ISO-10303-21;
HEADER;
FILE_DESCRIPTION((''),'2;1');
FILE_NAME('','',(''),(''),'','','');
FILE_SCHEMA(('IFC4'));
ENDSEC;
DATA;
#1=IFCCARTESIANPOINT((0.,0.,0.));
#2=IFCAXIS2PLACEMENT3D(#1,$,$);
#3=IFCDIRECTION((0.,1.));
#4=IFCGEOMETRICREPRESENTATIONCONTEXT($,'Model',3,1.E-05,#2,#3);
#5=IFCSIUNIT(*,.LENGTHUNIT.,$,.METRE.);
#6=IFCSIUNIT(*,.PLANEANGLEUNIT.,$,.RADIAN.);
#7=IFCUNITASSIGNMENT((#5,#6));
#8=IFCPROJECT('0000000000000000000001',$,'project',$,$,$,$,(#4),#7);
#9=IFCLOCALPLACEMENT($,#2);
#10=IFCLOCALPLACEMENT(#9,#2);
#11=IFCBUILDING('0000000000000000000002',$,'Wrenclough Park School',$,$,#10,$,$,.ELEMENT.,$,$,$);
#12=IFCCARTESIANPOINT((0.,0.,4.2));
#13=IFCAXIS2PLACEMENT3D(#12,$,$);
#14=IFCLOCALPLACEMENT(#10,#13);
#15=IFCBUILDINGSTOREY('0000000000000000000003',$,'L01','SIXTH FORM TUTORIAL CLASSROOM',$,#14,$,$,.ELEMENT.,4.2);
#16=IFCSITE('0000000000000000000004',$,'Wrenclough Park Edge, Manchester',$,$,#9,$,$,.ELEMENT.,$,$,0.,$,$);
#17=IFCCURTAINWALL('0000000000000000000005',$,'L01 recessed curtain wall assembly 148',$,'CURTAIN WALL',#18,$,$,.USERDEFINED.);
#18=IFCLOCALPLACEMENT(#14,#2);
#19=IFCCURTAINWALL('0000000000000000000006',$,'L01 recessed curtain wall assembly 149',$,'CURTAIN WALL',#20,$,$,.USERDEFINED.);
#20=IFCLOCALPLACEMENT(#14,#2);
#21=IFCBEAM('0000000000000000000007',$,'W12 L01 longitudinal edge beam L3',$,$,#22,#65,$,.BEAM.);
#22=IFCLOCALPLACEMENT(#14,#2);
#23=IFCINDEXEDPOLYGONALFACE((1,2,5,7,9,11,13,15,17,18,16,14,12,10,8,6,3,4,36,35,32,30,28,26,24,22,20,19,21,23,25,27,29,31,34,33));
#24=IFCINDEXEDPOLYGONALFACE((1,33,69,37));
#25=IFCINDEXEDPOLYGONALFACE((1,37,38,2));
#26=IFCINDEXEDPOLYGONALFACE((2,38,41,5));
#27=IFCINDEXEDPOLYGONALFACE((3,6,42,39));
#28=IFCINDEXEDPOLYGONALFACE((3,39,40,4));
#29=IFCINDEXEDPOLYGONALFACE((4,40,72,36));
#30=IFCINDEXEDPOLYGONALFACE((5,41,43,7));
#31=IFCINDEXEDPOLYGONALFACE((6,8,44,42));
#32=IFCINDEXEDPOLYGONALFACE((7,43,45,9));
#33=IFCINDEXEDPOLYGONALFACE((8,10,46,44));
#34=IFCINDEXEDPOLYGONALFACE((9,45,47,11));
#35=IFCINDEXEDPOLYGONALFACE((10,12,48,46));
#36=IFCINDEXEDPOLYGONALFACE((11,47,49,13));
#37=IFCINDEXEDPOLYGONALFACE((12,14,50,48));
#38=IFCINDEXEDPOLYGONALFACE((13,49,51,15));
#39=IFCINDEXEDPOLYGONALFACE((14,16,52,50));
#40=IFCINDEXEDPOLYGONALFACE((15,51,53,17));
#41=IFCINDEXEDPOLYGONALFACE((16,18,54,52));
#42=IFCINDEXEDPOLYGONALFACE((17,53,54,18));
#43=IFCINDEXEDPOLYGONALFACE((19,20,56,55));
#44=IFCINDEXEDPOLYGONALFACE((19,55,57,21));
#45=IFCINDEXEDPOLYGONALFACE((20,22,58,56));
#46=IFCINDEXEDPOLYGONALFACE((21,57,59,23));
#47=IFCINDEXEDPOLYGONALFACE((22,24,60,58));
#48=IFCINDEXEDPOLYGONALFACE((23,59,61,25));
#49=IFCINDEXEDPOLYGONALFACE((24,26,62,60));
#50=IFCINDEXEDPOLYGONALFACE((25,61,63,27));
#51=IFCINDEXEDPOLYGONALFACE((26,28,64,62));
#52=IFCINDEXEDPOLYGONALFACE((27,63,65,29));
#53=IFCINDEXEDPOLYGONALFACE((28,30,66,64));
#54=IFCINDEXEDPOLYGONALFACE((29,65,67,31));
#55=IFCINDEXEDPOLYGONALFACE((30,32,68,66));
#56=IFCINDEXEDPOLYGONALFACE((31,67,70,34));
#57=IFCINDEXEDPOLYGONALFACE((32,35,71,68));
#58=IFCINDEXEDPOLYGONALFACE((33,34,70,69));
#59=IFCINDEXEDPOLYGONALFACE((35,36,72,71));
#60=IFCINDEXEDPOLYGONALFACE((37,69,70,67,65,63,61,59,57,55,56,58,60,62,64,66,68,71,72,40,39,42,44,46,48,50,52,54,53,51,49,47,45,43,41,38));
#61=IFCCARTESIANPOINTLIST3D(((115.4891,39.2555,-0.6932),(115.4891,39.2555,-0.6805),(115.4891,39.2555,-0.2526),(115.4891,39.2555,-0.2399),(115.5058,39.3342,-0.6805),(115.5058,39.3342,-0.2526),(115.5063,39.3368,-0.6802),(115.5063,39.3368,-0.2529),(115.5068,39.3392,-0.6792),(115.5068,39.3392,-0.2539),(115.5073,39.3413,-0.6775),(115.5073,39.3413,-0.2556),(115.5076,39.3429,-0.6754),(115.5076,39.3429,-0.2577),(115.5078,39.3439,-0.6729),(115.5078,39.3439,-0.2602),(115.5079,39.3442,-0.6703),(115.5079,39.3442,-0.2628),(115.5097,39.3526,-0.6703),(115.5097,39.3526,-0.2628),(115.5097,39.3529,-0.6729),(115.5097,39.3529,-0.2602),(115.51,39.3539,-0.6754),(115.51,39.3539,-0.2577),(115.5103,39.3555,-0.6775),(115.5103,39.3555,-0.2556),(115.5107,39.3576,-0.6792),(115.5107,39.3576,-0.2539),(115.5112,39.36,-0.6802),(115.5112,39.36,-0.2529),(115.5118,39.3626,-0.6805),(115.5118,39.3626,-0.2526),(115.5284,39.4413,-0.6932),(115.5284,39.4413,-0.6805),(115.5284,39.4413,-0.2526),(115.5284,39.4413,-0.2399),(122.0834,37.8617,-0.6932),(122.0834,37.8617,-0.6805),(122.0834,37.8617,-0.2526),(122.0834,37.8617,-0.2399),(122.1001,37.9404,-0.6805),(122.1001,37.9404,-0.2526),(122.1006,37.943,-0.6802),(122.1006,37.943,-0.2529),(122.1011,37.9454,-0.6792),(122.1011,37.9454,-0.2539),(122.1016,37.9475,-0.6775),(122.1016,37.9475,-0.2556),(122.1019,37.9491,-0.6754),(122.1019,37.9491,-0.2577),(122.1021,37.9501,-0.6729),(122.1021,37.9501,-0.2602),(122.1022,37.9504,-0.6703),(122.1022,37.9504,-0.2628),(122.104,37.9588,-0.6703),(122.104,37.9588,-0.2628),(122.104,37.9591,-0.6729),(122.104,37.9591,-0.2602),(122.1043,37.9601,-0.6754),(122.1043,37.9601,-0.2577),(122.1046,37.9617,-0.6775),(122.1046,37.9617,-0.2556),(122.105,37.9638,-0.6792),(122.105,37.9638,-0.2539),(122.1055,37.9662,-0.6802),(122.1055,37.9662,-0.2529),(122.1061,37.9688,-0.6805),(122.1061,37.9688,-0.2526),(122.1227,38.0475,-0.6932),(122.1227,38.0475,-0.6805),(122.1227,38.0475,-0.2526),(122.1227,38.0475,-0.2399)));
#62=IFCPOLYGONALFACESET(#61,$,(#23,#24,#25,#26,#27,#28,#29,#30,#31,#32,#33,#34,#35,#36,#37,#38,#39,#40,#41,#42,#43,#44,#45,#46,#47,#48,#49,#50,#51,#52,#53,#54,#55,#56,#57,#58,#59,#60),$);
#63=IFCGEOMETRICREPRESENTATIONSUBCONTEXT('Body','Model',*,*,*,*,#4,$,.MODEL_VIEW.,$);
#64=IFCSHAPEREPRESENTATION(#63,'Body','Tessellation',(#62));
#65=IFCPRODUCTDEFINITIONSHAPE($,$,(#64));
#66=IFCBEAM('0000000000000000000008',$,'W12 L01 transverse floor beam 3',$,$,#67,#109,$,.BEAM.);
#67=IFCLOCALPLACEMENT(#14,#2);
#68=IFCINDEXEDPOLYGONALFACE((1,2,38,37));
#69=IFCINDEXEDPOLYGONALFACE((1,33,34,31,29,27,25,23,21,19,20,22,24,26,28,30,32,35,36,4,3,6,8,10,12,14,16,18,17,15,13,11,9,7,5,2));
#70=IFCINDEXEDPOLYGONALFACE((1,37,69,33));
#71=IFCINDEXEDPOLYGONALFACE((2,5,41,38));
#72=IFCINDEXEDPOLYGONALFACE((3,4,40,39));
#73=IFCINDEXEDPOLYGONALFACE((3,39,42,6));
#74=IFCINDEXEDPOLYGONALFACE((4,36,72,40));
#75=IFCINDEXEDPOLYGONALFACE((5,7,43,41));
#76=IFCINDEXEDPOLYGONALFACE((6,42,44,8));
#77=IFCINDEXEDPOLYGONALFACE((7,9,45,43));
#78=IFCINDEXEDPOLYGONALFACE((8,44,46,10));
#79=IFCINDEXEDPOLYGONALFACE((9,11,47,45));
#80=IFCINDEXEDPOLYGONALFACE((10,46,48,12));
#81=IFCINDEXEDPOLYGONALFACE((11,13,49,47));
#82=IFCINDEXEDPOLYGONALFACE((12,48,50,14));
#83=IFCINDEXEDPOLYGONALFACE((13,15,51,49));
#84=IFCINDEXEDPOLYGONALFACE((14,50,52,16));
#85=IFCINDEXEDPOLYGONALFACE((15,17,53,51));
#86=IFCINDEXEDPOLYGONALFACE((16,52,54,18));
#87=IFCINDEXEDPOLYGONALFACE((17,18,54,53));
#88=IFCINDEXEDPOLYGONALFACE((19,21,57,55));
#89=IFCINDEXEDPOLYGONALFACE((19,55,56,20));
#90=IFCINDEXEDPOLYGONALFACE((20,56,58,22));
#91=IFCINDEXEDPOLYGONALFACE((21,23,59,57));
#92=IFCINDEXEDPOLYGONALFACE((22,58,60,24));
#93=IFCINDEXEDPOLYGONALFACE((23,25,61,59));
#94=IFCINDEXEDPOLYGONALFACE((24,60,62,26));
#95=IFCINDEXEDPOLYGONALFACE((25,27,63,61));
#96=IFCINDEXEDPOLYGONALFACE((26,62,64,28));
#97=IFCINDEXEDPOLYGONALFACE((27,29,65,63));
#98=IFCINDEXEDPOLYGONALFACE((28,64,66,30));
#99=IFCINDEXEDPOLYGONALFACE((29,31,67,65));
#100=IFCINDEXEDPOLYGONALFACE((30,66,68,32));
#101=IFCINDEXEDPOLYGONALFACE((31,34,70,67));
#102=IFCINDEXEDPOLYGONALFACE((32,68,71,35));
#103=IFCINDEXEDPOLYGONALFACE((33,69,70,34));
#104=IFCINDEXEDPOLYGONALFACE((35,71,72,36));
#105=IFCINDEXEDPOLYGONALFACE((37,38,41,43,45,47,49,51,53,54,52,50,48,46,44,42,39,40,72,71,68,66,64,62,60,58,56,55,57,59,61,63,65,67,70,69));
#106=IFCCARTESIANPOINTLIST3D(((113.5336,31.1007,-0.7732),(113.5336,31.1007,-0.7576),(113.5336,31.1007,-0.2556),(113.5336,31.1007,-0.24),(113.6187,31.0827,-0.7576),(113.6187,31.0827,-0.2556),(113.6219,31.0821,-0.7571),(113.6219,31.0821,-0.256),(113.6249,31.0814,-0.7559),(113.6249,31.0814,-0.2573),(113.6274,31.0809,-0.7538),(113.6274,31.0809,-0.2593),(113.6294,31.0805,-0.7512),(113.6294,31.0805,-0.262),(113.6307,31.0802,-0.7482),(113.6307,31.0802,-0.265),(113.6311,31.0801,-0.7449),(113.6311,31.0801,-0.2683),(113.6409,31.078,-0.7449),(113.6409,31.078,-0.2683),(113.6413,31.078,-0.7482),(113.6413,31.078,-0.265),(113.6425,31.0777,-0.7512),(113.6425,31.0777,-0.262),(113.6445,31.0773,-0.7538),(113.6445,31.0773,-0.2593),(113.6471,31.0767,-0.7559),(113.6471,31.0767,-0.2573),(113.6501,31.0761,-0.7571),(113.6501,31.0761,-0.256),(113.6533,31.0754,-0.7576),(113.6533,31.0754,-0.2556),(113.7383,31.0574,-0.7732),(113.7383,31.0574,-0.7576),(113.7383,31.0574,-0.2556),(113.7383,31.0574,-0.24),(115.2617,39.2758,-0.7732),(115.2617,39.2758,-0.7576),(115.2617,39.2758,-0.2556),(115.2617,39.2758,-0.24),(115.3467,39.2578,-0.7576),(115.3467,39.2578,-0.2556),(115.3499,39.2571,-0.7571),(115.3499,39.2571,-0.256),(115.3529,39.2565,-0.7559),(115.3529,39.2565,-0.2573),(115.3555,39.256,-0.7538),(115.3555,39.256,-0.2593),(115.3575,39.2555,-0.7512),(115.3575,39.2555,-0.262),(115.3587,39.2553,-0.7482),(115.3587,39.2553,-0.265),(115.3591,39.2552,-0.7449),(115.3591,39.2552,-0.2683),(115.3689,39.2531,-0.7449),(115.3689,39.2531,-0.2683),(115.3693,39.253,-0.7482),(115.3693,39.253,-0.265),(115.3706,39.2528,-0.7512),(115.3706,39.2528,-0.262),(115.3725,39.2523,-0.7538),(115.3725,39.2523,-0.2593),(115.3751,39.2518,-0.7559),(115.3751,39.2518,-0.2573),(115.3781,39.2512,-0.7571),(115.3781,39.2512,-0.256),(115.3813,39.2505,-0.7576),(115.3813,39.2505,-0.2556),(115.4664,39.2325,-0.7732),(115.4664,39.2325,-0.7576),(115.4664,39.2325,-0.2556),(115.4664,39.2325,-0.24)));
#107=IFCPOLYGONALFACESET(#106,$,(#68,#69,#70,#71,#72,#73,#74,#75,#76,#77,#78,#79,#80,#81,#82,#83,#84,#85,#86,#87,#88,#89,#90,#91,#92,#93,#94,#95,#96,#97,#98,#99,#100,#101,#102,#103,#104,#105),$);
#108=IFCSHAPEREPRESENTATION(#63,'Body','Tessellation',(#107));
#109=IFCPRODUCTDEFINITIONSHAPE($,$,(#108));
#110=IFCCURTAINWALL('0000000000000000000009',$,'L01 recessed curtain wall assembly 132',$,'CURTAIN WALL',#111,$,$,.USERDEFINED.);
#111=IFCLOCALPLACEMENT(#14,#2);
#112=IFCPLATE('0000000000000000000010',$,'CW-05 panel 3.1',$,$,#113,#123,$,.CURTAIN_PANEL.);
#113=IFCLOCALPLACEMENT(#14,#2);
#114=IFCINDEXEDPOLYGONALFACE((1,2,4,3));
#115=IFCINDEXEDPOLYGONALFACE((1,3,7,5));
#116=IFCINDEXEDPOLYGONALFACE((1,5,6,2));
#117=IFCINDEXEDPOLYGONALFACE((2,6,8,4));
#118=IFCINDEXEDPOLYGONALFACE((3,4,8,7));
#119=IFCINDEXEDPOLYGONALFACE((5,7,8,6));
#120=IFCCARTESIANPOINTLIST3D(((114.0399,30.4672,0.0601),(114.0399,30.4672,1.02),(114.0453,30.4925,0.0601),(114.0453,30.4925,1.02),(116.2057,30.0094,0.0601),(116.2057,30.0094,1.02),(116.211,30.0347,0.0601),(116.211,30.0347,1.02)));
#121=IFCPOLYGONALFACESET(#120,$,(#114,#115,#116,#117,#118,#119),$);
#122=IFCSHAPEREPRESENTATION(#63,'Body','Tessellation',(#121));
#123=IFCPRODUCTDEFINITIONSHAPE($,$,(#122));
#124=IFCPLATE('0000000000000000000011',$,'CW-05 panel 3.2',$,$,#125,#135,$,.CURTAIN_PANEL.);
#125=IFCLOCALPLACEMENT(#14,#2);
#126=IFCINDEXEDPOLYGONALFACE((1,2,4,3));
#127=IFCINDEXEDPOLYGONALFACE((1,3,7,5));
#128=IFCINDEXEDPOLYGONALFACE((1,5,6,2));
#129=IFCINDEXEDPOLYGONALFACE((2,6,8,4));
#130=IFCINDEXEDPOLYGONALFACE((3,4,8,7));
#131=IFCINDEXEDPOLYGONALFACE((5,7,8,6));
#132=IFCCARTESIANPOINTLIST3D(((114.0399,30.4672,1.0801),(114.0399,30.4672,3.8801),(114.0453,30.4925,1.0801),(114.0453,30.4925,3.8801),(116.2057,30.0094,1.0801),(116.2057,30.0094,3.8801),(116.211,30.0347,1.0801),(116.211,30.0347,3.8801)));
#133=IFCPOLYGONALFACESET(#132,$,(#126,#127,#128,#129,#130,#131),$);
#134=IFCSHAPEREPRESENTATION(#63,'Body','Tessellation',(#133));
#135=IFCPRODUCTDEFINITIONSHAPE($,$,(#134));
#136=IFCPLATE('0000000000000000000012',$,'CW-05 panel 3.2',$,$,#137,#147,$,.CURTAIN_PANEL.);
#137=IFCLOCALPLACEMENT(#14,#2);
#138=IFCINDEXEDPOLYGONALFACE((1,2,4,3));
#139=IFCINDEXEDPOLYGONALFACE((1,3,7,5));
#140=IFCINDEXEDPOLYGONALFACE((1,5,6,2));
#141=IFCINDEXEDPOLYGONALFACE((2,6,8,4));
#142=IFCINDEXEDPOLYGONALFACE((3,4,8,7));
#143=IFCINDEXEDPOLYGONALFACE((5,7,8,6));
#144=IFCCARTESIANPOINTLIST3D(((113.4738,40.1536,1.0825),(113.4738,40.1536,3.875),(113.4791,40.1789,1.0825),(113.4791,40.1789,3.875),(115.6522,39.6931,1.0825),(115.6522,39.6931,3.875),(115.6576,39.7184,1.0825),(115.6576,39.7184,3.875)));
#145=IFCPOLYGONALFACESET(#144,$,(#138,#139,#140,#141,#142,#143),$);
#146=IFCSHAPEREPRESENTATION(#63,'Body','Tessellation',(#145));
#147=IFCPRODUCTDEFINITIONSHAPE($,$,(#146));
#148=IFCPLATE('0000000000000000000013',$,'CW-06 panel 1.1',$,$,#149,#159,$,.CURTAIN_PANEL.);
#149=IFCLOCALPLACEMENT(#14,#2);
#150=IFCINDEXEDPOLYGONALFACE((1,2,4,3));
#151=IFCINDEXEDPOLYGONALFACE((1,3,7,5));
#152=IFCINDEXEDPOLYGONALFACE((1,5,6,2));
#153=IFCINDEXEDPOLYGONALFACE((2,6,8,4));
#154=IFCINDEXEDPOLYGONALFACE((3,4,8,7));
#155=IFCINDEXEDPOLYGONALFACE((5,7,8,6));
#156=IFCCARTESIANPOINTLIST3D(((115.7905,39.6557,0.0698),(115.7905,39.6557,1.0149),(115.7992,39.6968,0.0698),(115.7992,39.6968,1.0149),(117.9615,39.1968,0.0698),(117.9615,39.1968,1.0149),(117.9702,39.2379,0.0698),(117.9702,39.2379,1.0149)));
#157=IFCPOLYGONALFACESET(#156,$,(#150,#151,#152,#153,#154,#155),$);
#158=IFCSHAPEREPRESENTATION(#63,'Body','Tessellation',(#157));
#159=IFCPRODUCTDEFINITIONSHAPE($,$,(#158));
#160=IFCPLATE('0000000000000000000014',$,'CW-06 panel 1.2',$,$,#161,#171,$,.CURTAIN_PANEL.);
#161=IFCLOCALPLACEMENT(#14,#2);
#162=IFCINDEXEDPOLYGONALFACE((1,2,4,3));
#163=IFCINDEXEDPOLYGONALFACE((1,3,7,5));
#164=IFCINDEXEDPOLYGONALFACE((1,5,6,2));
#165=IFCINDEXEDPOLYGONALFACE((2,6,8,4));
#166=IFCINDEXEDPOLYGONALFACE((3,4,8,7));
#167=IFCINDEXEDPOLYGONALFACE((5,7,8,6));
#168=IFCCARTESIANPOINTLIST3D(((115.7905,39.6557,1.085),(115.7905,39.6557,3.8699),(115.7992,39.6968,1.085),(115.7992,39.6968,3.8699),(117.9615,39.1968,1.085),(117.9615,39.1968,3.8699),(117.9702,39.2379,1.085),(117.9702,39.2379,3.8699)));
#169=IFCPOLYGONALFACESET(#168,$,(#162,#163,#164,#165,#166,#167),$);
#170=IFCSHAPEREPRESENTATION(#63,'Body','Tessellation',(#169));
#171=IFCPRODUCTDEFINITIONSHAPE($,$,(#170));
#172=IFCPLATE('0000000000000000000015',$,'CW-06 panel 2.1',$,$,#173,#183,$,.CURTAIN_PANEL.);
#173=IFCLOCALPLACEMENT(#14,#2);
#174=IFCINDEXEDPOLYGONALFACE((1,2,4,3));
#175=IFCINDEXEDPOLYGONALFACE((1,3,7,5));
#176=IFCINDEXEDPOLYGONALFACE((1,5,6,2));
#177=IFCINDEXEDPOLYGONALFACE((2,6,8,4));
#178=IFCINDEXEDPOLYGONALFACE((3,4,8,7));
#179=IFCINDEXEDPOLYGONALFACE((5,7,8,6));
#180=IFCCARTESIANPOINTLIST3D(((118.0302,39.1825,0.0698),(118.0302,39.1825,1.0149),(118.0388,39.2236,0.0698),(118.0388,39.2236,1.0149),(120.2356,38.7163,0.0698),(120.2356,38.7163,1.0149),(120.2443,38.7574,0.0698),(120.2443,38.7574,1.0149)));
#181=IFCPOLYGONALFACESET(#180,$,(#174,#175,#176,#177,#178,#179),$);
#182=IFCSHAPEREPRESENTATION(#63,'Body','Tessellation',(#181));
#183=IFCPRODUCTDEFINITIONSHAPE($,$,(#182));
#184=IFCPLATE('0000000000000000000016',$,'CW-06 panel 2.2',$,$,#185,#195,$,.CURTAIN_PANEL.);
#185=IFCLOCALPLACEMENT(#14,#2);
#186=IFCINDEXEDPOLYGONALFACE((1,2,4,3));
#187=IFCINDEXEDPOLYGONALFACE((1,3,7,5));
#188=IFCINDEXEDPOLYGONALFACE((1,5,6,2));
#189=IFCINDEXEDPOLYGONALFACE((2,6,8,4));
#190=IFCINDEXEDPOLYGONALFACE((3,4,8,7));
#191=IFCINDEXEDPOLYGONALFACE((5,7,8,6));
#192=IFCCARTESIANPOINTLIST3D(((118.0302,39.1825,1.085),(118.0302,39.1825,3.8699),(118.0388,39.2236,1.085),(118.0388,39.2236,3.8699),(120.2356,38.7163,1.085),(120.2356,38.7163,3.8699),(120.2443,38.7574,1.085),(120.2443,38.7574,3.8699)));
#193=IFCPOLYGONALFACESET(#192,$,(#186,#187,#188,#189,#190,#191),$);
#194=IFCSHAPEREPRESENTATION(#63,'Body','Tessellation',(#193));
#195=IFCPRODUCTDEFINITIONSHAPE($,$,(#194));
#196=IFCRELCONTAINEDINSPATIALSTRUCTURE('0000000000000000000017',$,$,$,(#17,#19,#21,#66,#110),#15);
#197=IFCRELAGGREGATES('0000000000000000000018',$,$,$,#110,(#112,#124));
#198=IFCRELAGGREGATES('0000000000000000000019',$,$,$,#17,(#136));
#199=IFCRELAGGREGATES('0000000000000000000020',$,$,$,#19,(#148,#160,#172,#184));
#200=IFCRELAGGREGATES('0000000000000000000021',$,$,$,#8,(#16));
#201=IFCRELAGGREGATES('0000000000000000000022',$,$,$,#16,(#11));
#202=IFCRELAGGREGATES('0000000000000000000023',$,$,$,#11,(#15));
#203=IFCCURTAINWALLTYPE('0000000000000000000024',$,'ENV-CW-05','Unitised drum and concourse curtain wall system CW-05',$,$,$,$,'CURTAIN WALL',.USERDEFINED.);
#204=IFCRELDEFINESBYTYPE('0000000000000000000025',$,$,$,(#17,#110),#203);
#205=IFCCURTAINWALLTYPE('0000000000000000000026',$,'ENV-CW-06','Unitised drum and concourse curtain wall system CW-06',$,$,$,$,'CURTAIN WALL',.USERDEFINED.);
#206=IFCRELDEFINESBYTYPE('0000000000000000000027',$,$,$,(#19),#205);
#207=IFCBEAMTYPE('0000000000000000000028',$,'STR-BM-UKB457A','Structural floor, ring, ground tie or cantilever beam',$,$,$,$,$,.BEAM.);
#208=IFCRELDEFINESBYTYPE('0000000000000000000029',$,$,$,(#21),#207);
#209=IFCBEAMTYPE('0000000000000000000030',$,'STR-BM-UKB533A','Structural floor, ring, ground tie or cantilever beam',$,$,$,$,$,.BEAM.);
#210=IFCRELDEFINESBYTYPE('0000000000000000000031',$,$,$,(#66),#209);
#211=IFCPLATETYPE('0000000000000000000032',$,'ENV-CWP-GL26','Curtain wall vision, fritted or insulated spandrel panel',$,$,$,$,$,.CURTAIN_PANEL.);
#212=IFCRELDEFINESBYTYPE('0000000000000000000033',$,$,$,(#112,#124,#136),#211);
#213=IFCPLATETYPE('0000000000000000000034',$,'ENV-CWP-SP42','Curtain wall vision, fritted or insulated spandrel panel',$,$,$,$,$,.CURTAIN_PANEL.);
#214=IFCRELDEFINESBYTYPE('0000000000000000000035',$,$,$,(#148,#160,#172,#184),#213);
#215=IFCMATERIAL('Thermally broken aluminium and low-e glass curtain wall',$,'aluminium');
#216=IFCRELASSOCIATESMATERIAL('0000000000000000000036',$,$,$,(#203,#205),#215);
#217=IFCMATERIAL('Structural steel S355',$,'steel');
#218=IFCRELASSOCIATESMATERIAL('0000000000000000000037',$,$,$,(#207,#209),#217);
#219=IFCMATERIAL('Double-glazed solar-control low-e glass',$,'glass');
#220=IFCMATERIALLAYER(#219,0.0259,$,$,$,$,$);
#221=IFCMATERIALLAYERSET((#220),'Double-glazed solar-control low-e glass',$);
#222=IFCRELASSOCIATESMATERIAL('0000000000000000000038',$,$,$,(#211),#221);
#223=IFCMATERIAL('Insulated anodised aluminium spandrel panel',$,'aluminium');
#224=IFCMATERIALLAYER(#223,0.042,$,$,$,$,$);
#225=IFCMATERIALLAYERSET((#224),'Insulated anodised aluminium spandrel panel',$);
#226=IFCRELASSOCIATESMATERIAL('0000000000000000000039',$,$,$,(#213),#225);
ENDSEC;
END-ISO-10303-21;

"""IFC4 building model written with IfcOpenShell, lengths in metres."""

from ifc_helpers import new_model, si_unit, direction, frame, origin, origin_2d, place, context, subcontext, project, spatial, rectangle, i_section, extrude, material, layer, layer_set, material_profile, profile_set, type_object, element, aggregate, save


model = new_model("IFC4")

# Units and contexts
model_context = context("Model", 3, precision=1e-05, world=origin(), true_north=direction((0.0, 1.0)))
body_context = subcontext(model_context, "Body", "Model", "MODEL_VIEW")
ifc_project = project(units=[si_unit("LENGTHUNIT", "METRE"), si_unit("PLANEANGLEUNIT", "RADIAN")], contexts=[model_context])

# Site, building, storey
site_placement = place(None, origin())
site = spatial("IfcSite", under=ifc_project, at=site_placement, Name="Wrenclough Park Edge, Manchester", CompositionType="ELEMENT", RefElevation=0.0)
building_placement = place(site_placement, origin())
building = spatial("IfcBuilding", under=site, at=building_placement, Name="Wrenclough Park School", CompositionType="ELEMENT")
storey_placement = place(building_placement, frame((0.0, 0.0, 4.2)))
storey = spatial("IfcBuildingStorey", under=building, at=storey_placement, Name="L01", Description="SIXTH FORM TUTORIAL CLASSROOM", CompositionType="ELEMENT", Elevation=4.2)

# Shared definitions
ifc_material_1 = material(Name="Structural steel S355", Category="steel")

# Curtain wall
ifc_material_2 = material(Name="Thermally broken aluminium and low-e glass curtain wall", Category="aluminium")
curtain_wall_type_1 = type_object("IfcCurtainWallType", Name="ENV-CW-05", Description="Unitised drum and concourse curtain wall system CW-05", ElementType="CURTAIN WALL", PredefinedType="USERDEFINED", material=ifc_material_2)
curtain_wall_1_placement = place(storey_placement, origin())
curtain_wall_1 = element("IfcCurtainWall", 1, at=curtain_wall_1_placement, inside=storey, type_object=curtain_wall_type_1, Name="L01 recessed curtain wall assembly 148", ObjectType="CURTAIN WALL", PredefinedType="USERDEFINED")

# Curtain wall
curtain_wall_type_2 = type_object("IfcCurtainWallType", Name="ENV-CW-06", Description="Unitised drum and concourse curtain wall system CW-06", ElementType="CURTAIN WALL", PredefinedType="USERDEFINED", material=ifc_material_2)
curtain_wall_2_placement = place(storey_placement, origin())
curtain_wall_2 = element("IfcCurtainWall", 2, at=curtain_wall_2_placement, inside=storey, type_object=curtain_wall_type_2, Name="L01 recessed curtain wall assembly 149", ObjectType="CURTAIN WALL", PredefinedType="USERDEFINED")

# Beams
ifc_material_profile_1 = material_profile(ifc_material_1, i_section(OverallWidth=0.1899, OverallDepth=0.4534, WebThickness=0.0085, FlangeThickness=0.0127, FilletRadius=0.0103, at=origin_2d()), Name="UKB 457x191x67")
ifc_profile_set_1 = profile_set([ifc_material_profile_1], Name="Structural steel S355")
beam_type_1 = type_object("IfcBeamType", Name="STR-BM-UKB457A", Description="Structural floor, ring, ground tie or cantilever beam", PredefinedType="BEAM", material=ifc_profile_set_1)
beam_1_placement = place(storey_placement, frame((115.5088, 39.3484, -0.4666), z_axis=(0.978384, -0.206797, 0.0), x_axis=(0.206797, 0.978384, 0.0)))
element("IfcBeam", 3, at=beam_1_placement, inside=storey, type_object=beam_type_1, Name="W12 L01 longitudinal edge beam L3", PredefinedType="BEAM", context=body_context, shape_type="SweptSolid", body=[
    extrude(i_section(OverallWidth=0.1899, OverallDepth=0.4534, WebThickness=0.0085, FlangeThickness=0.0127, FilletRadius=0.0103, at=origin_2d()), origin(), (0.0, 0.0, 1.0), 6.74),
])
ifc_material_profile_2 = material_profile(ifc_material_1, i_section(OverallWidth=0.2092, OverallDepth=0.5332, WebThickness=0.01, FlangeThickness=0.0156, FilletRadius=0.0127, at=origin_2d()), Name="UKB 533x210x92")
ifc_profile_set_2 = profile_set([ifc_material_profile_2], Name="Structural steel S355")
beam_type_2 = type_object("IfcBeamType", Name="STR-BM-UKB533A", Description="Structural floor, ring, ground tie or cantilever beam", PredefinedType="BEAM", material=ifc_profile_set_2)
beam_2_placement = place(storey_placement, frame((115.364, 39.2542, -0.5066), z_axis=(-0.206809, -0.978381, 0.0), x_axis=(0.978381, -0.206809, 0.0)))
element("IfcBeam", 4, at=beam_2_placement, inside=storey, type_object=beam_type_2, Name="W12 L01 transverse floor beam 3", PredefinedType="BEAM", context=body_context, shape_type="SweptSolid", body=[
    extrude(i_section(OverallWidth=0.2092, OverallDepth=0.5332, WebThickness=0.01, FlangeThickness=0.0156, FilletRadius=0.0127, at=origin_2d()), origin(), (0.0, 0.0, 1.0), 8.3557),
])

# Curtain wall, plates
curtain_wall_3_placement = place(storey_placement, origin())
curtain_wall_3 = element("IfcCurtainWall", 5, at=curtain_wall_3_placement, inside=storey, type_object=curtain_wall_type_1, Name="L01 recessed curtain wall assembly 132", ObjectType="CURTAIN WALL", PredefinedType="USERDEFINED")
ifc_material_3 = material(Name="Double-glazed solar-control low-e glass", Category="glass")
ifc_layer_1 = layer(ifc_material_3, 0.0259)
ifc_layer_set_1 = layer_set([ifc_layer_1], Name="Double-glazed solar-control low-e glass")
plate_type_1 = type_object("IfcPlateType", Name="ENV-CWP-GL26", Description="Curtain wall vision, fritted or insulated spandrel panel", PredefinedType="CURTAIN_PANEL", material=ifc_layer_set_1)
plate_1_placement = place(storey_placement, frame((115.1255, 30.251, 0.0601), z_axis=(0.0, 0.0, 1.0), x_axis=(-0.97838, 0.206815, 0.0)))
plate_1 = element("IfcPlate", 6, at=plate_1_placement, type_object=plate_type_1, Name="CW-05 panel 3.1", PredefinedType="CURTAIN_PANEL", context=body_context, shape_type="SweptSolid", body=[
    extrude(rectangle(XDim=2.2136, YDim=0.0259, at=origin_2d()), origin(), (0.0, 0.0, 1.0), 0.96),
])
plate_2_placement = place(storey_placement, frame((115.1255, 30.251, 1.0801), z_axis=(0.0, 0.0, 1.0), x_axis=(-0.97838, 0.206815, 0.0)))
plate_2 = element("IfcPlate", 7, at=plate_2_placement, type_object=plate_type_1, Name="CW-05 panel 3.2", PredefinedType="CURTAIN_PANEL", context=body_context, shape_type="SweptSolid", body=[
    extrude(rectangle(XDim=2.2136, YDim=0.0259, at=origin_2d()), origin(), (0.0, 0.0, 1.0), 2.8),
])
aggregate(curtain_wall_3, [plate_1, plate_2])

# Plates
plate_3_placement = place(storey_placement, frame((114.5657, 39.936, 1.0825), z_axis=(0.0, 0.0, 1.0), x_axis=(0.978379, -0.20682, 0.0)))
plate_3 = element("IfcPlate", 8, at=plate_3_placement, type_object=plate_type_1, Name="CW-05 panel 3.2", PredefinedType="CURTAIN_PANEL", context=body_context, shape_type="SweptSolid", body=[
    extrude(rectangle(XDim=2.2266, YDim=0.0259, at=origin_2d()), origin(), (0.0, 0.0, 1.0), 2.7925),
])
aggregate(curtain_wall_1, [plate_3])
ifc_material_4 = material(Name="Insulated anodised aluminium spandrel panel", Category="aluminium")
ifc_layer_2 = layer(ifc_material_4, 0.042)
ifc_layer_set_2 = layer_set([ifc_layer_2], Name="Insulated anodised aluminium spandrel panel")
plate_type_2 = type_object("IfcPlateType", Name="ENV-CWP-SP42", Description="Curtain wall vision, fritted or insulated spandrel panel", PredefinedType="CURTAIN_PANEL", material=ifc_layer_set_2)
plate_4_placement = place(storey_placement, frame((116.8804, 39.4468, 0.0698), z_axis=(0.0, 0.0, 1.0), x_axis=(0.978382, -0.206806, 0.0)))
plate_4 = element("IfcPlate", 9, at=plate_4_placement, type_object=plate_type_2, Name="CW-06 panel 1.1", PredefinedType="CURTAIN_PANEL", context=body_context, shape_type="SweptSolid", body=[
    extrude(rectangle(XDim=2.219, YDim=0.042, at=origin_2d()), origin(), (0.0, 0.0, 1.0), 0.9451),
])
plate_5_placement = place(storey_placement, frame((116.8804, 39.4468, 1.085), z_axis=(0.0, 0.0, 1.0), x_axis=(0.978382, -0.206806, 0.0)))
plate_5 = element("IfcPlate", 10, at=plate_5_placement, type_object=plate_type_2, Name="CW-06 panel 1.2", PredefinedType="CURTAIN_PANEL", context=body_context, shape_type="SweptSolid", body=[
    extrude(rectangle(XDim=2.219, YDim=0.042, at=origin_2d()), origin(), (0.0, 0.0, 1.0), 2.7849),
])
plate_6_placement = place(storey_placement, frame((119.1372, 38.97, 0.0698), z_axis=(0.0, 0.0, 1.0), x_axis=(0.978382, -0.206806, 0.0)))
plate_6 = element("IfcPlate", 11, at=plate_6_placement, type_object=plate_type_2, Name="CW-06 panel 2.1", PredefinedType="CURTAIN_PANEL", context=body_context, shape_type="SweptSolid", body=[
    extrude(rectangle(XDim=2.2542, YDim=0.042, at=origin_2d()), origin(), (0.0, 0.0, 1.0), 0.9451),
])
plate_7_placement = place(storey_placement, frame((119.1372, 38.97, 1.085), z_axis=(0.0, 0.0, 1.0), x_axis=(0.978382, -0.206806, 0.0)))
plate_7 = element("IfcPlate", 12, at=plate_7_placement, type_object=plate_type_2, Name="CW-06 panel 2.2", PredefinedType="CURTAIN_PANEL", context=body_context, shape_type="SweptSolid", body=[
    extrude(rectangle(XDim=2.2542, YDim=0.042, at=origin_2d()), origin(), (0.0, 0.0, 1.0), 2.7849),
])
aggregate(curtain_wall_2, [plate_4, plate_5, plate_6, plate_7])

save(model, "model.ifc")
